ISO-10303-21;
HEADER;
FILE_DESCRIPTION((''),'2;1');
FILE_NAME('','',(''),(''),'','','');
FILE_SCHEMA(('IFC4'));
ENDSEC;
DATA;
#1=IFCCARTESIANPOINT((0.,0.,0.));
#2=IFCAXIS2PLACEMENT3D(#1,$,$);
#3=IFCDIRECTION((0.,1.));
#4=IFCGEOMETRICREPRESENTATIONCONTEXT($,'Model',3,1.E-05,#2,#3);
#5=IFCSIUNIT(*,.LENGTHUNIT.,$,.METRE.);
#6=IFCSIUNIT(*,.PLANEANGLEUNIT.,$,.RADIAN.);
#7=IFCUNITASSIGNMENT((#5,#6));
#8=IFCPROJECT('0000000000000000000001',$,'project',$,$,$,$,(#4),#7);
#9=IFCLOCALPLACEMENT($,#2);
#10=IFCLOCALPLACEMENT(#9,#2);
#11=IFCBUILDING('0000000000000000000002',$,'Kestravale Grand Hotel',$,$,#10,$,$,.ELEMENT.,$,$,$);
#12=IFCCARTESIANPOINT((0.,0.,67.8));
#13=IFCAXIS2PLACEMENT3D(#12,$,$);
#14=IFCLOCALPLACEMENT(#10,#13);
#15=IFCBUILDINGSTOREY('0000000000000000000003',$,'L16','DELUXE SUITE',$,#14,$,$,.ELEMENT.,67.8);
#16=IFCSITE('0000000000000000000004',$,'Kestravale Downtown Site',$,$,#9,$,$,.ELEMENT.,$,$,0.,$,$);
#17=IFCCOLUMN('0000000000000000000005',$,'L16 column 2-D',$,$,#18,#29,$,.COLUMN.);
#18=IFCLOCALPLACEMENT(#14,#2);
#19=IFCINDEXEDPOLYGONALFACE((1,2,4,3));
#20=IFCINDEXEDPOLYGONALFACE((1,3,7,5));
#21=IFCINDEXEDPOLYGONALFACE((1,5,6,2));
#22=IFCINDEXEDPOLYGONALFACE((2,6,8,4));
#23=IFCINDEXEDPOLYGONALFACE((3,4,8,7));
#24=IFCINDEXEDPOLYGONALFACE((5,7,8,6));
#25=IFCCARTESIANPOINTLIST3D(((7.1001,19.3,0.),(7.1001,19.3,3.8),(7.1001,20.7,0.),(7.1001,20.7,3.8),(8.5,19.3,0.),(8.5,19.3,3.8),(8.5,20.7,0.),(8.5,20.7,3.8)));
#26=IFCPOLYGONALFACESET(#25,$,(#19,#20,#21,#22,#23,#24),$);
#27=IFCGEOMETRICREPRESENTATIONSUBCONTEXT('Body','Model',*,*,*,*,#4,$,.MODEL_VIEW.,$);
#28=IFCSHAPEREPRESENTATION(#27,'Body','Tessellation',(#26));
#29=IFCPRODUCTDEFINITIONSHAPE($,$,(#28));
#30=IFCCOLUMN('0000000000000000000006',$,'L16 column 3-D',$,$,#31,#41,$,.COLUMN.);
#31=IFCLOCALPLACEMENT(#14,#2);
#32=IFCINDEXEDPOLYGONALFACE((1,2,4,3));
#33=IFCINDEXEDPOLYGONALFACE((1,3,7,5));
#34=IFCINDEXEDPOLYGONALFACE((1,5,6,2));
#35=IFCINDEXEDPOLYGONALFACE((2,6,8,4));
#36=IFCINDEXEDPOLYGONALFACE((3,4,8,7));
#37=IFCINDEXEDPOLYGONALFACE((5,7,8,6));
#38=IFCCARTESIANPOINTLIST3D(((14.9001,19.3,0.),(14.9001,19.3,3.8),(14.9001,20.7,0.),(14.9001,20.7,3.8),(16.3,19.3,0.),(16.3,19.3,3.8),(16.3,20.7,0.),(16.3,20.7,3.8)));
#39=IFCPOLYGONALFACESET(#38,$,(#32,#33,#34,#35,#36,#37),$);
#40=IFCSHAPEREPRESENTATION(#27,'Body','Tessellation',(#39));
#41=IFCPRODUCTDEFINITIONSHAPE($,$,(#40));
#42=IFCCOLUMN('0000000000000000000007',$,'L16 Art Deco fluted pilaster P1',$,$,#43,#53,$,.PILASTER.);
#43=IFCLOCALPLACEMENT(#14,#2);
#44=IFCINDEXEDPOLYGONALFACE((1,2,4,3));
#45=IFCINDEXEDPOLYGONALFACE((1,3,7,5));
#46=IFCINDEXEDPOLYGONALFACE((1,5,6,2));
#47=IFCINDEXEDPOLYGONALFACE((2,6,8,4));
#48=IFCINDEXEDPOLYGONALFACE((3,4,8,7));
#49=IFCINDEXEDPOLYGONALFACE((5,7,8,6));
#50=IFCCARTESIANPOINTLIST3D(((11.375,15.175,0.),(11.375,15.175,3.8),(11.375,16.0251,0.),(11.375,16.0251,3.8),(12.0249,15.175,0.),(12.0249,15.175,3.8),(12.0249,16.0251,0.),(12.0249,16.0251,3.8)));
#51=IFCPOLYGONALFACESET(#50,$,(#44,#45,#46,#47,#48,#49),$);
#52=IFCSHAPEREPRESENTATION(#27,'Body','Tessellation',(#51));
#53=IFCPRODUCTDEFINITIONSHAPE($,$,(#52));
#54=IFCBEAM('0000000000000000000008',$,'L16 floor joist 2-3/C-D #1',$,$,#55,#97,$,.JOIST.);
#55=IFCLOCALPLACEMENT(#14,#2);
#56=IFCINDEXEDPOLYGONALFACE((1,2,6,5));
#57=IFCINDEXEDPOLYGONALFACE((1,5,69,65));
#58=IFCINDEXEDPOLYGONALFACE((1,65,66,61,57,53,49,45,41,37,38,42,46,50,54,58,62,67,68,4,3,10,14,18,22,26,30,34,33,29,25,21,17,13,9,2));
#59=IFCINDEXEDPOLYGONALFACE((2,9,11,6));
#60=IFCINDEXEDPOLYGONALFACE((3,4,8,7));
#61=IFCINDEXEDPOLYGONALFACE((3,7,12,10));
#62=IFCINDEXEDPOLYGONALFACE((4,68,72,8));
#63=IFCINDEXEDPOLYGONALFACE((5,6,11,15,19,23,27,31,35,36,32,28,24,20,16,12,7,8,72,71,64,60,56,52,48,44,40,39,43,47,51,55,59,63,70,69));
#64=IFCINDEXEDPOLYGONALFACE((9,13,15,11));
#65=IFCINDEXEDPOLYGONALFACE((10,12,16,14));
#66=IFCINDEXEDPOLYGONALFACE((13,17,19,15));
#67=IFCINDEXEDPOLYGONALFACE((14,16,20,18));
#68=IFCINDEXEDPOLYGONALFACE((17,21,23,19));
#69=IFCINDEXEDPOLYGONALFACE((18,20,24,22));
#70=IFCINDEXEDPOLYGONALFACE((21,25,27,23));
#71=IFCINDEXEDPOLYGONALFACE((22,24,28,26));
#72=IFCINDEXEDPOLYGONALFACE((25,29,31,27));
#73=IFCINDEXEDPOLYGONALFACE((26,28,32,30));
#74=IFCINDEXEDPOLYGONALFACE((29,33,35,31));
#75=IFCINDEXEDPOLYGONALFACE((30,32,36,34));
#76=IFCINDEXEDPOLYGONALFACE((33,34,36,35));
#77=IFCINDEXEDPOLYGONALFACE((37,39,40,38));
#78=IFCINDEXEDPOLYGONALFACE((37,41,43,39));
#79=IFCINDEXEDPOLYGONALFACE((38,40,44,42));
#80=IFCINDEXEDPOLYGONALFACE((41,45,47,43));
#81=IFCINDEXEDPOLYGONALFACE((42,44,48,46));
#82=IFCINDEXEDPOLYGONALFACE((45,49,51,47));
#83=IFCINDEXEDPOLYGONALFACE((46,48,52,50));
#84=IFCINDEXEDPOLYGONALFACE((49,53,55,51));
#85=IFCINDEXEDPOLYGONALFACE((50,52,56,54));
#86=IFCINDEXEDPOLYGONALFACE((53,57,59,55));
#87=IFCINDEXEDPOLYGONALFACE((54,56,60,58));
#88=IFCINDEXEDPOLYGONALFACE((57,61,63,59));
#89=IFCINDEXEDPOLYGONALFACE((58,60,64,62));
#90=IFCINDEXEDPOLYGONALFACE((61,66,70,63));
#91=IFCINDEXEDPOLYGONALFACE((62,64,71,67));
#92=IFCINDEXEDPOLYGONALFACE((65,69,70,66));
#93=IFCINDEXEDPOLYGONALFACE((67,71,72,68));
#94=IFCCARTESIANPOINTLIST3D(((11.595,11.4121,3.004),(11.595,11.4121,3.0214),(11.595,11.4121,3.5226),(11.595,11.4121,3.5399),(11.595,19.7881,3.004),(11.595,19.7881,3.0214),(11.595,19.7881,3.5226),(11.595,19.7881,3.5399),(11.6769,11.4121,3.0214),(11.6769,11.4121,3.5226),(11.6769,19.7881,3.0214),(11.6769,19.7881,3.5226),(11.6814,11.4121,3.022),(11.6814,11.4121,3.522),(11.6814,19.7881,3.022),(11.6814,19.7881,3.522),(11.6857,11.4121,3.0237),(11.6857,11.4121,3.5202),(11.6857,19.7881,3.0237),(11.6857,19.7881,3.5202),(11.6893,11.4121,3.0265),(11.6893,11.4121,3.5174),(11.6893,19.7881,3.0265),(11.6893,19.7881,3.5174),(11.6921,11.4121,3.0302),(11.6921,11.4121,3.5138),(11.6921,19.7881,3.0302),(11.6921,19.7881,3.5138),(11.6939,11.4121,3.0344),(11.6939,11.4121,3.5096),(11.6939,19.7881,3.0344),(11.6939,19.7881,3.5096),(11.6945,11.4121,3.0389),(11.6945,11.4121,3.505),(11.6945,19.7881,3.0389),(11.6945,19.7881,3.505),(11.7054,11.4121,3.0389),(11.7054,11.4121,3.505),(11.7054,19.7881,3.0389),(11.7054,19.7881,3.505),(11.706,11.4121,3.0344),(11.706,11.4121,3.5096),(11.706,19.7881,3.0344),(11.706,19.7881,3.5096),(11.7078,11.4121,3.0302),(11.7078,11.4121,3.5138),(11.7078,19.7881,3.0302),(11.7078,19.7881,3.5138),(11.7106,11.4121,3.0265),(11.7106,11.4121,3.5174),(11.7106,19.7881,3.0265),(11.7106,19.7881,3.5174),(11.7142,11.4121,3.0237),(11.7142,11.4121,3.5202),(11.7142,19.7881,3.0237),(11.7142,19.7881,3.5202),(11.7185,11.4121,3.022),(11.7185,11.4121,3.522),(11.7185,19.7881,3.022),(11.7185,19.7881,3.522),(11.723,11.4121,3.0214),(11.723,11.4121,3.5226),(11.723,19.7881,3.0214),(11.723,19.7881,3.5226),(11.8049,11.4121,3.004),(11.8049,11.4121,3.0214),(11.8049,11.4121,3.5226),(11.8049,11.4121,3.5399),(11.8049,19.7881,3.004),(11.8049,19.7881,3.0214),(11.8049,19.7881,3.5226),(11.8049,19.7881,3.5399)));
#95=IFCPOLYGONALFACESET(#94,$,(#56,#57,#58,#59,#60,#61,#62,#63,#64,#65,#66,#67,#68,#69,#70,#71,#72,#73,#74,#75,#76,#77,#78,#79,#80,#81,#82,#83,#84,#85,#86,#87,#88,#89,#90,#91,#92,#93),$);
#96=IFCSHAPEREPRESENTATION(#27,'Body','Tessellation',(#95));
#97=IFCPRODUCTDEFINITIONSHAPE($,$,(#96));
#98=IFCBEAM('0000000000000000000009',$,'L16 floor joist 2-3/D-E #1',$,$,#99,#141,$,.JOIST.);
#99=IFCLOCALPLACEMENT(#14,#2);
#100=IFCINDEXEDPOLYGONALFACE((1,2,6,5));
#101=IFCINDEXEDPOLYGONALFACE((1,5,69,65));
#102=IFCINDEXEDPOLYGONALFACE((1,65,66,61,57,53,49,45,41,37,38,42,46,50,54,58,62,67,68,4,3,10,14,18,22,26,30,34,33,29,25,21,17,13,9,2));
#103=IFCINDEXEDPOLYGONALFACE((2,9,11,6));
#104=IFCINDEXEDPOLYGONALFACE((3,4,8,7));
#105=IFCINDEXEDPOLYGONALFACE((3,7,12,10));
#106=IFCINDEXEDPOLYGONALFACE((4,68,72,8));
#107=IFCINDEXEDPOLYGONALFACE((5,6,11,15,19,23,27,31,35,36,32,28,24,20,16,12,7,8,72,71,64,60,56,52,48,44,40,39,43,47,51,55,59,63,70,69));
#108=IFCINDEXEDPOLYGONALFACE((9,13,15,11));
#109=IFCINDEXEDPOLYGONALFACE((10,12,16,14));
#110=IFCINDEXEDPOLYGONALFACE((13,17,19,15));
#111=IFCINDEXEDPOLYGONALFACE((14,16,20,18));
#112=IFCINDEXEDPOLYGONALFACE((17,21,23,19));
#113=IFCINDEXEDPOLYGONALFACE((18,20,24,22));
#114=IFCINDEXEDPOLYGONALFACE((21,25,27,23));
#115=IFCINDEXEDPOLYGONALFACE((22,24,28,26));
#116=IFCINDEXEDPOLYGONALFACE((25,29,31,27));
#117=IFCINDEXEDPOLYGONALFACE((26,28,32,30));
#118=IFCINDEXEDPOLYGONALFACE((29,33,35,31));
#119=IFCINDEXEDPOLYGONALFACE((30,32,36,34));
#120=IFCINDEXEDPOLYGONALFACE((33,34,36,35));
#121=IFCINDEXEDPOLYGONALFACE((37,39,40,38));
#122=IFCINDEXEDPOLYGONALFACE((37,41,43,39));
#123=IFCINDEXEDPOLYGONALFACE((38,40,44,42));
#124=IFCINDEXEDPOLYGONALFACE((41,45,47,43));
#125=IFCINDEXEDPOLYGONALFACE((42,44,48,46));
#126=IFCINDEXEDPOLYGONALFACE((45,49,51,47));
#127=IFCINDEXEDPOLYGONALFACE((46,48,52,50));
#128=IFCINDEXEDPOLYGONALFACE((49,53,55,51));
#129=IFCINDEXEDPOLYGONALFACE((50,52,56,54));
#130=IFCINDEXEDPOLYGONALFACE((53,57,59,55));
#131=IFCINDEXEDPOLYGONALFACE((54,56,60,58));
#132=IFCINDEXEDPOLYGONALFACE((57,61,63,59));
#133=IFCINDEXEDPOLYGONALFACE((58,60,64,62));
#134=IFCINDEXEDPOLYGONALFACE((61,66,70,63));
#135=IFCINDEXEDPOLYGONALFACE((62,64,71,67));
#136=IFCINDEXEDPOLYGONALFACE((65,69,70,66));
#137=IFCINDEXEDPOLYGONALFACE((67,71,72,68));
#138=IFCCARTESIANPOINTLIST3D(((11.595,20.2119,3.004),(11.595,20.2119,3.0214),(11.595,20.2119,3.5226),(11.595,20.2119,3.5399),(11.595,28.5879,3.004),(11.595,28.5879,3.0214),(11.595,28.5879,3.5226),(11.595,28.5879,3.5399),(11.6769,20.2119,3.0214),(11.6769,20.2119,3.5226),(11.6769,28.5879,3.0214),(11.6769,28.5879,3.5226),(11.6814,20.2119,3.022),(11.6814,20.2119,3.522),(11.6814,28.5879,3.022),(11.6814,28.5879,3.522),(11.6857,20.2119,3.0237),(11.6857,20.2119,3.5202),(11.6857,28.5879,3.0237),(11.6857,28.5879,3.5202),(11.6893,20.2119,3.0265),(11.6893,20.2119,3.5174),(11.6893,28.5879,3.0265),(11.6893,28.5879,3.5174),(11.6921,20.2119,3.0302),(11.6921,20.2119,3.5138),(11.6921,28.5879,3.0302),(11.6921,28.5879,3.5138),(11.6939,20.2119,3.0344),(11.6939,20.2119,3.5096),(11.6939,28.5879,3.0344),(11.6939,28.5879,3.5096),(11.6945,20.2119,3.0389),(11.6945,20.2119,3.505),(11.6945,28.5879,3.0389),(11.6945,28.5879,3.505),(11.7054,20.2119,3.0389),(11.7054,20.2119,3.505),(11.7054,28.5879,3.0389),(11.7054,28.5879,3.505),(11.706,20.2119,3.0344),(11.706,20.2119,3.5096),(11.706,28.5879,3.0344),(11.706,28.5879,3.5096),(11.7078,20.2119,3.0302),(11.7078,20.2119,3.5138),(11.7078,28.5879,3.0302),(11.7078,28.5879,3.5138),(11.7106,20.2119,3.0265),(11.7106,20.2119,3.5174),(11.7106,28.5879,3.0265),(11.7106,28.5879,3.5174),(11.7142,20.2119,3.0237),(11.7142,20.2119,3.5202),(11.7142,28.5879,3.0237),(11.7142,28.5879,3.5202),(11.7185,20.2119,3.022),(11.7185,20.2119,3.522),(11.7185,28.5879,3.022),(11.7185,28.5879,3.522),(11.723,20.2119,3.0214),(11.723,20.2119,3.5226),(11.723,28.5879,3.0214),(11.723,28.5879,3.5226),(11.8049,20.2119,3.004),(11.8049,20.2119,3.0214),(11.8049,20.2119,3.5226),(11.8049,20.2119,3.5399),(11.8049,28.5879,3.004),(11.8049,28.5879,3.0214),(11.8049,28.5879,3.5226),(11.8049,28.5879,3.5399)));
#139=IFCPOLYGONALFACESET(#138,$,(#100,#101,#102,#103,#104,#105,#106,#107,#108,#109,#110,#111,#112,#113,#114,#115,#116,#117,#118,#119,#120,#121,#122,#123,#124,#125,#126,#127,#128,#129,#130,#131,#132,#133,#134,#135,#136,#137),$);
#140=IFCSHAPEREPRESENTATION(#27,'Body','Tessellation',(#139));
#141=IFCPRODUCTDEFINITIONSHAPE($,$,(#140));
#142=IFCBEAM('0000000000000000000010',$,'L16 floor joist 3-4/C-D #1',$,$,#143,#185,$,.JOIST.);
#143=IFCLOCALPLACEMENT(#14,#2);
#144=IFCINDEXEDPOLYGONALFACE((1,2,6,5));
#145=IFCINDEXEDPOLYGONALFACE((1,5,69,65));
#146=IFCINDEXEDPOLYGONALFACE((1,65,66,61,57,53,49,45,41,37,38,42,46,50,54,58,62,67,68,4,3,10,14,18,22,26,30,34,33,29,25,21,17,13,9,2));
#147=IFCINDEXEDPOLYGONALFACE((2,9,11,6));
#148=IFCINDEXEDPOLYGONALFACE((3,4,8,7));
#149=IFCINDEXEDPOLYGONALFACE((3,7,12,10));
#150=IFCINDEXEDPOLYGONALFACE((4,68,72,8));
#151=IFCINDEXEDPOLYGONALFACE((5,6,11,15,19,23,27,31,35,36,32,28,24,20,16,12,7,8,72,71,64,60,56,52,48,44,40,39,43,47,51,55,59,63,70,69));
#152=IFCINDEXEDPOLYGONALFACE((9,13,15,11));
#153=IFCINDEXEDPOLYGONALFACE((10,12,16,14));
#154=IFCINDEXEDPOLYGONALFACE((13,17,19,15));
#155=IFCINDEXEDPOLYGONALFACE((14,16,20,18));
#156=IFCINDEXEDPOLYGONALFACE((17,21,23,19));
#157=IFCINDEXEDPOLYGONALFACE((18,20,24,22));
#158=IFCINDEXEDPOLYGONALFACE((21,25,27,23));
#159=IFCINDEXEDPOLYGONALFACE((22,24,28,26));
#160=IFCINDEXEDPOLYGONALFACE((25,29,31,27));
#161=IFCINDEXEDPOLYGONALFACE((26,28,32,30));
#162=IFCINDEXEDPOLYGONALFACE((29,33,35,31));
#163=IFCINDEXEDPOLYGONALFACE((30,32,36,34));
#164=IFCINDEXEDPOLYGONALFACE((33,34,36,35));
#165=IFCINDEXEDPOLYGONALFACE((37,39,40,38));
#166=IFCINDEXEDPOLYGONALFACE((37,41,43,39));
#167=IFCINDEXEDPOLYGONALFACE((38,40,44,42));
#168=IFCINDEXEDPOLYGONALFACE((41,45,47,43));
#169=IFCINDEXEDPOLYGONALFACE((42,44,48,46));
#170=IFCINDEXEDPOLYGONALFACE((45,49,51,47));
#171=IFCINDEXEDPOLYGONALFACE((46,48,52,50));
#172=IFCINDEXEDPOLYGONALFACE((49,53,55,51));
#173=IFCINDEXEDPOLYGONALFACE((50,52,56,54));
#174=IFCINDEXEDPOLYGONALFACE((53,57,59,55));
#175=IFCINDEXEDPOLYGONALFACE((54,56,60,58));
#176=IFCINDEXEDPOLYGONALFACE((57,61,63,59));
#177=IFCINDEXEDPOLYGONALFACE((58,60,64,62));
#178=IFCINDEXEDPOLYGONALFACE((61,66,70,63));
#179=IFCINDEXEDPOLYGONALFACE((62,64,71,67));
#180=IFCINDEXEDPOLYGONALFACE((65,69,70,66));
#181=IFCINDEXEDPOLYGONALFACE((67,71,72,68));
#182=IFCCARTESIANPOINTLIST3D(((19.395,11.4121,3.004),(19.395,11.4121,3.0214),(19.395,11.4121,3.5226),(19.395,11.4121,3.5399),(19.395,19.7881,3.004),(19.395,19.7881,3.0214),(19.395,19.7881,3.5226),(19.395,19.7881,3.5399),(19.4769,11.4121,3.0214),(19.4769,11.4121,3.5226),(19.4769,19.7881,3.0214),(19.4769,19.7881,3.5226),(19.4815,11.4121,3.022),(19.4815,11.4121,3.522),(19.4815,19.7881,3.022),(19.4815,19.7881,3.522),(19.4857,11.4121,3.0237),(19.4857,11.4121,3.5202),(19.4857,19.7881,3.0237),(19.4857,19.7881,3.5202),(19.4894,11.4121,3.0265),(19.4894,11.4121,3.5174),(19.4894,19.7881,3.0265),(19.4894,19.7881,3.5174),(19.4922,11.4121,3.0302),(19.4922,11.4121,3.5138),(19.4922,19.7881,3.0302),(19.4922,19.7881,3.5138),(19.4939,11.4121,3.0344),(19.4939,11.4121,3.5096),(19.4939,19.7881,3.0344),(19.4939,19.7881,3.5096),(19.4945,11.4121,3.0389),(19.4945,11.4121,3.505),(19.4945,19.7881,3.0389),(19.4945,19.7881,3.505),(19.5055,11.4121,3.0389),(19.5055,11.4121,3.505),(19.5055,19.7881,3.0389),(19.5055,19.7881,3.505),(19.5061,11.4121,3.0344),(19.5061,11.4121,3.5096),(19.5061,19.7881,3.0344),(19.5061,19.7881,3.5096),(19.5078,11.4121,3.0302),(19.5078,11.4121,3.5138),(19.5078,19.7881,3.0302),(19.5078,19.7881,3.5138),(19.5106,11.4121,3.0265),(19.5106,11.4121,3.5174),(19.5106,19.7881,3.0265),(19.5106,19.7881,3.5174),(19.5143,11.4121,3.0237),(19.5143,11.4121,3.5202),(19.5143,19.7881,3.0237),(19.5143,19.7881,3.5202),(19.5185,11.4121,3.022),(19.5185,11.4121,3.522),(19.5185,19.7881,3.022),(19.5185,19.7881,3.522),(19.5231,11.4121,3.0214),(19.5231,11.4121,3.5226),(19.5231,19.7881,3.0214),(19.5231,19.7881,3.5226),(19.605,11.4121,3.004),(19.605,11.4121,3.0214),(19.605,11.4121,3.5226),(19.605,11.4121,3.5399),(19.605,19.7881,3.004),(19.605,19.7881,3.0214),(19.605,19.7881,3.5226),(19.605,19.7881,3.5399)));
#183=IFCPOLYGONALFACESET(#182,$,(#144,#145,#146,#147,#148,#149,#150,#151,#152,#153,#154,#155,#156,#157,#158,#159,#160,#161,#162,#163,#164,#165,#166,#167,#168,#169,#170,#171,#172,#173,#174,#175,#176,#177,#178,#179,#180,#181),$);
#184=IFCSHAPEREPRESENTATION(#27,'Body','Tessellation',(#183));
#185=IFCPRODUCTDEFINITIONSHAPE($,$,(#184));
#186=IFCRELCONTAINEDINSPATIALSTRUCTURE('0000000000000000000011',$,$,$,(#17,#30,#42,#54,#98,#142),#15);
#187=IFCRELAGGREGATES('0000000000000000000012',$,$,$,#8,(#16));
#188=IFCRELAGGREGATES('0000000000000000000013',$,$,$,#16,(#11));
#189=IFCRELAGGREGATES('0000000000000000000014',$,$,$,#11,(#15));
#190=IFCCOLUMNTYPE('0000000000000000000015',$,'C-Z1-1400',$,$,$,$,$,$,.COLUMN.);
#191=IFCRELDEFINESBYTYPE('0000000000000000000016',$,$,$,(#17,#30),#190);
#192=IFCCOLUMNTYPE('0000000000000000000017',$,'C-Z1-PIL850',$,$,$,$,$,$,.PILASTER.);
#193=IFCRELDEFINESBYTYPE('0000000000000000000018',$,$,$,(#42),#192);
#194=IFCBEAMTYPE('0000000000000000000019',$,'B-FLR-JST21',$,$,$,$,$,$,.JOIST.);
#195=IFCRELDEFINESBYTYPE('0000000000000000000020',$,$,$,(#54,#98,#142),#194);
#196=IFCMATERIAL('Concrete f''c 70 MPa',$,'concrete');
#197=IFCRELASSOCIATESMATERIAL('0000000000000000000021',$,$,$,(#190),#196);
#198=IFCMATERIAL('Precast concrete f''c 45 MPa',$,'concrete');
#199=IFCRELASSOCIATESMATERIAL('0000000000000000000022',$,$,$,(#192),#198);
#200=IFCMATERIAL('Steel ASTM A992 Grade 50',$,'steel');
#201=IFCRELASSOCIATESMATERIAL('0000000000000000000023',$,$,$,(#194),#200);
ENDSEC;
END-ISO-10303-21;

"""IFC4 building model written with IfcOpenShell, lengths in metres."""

from ifc_helpers import new_model, si_unit, direction, frame, origin, origin_2d, place, context, subcontext, project, spatial, rectangle, i_section, extrude, material, material_profile, profile_set, type_object, element, save


model = new_model("IFC4")

# Units and contexts
model_context = context("Model", 3, precision=1e-05, world=origin(), true_north=direction((0.0, 1.0)))
body_context = subcontext(model_context, "Body", "Model", "MODEL_VIEW")
ifc_project = project(units=[si_unit("LENGTHUNIT", "METRE"), si_unit("PLANEANGLEUNIT", "RADIAN")], contexts=[model_context])

# Site, building, storey
site_placement = place(None, origin())
site = spatial("IfcSite", under=ifc_project, at=site_placement, Name="Kestravale Downtown Site", CompositionType="ELEMENT", RefElevation=0.0)
building_placement = place(site_placement, origin())
building = spatial("IfcBuilding", under=site, at=building_placement, Name="Kestravale Grand Hotel", CompositionType="ELEMENT")
storey_placement = place(building_placement, frame((0.0, 0.0, 67.8)))
storey = spatial("IfcBuildingStorey", under=building, at=storey_placement, Name="L16", Description="DELUXE SUITE", CompositionType="ELEMENT", Elevation=67.8)

# Columns
ifc_material_1 = material(Name="Concrete f'c 70 MPa", Category="concrete")
ifc_material_profile_1 = material_profile(ifc_material_1, rectangle(XDim=1.3999, YDim=1.3999, at=origin_2d()))
ifc_profile_set_1 = profile_set([ifc_material_profile_1], Name="Concrete f'c 70 MPa")
column_type_1 = type_object("IfcColumnType", Name="C-Z1-1400", PredefinedType="COLUMN", material=ifc_profile_set_1)
for number, where, z_axis, x_axis, name in (
    (1, (7.8, 20.0, 0.0), (0.0, 0.0, 1.0), (1.0, 0.0, 0.0), "L16 column 2-D"),
    (2, (15.6001, 20.0, 0.0), (0.0, 0.0, 1.0), (1.0, 0.0, 0.0), "L16 column 3-D"),
):
    element("IfcColumn", number, at=place(storey_placement, frame(where, z_axis=z_axis, x_axis=x_axis)), inside=storey, type_object=column_type_1, Name=name, PredefinedType="COLUMN", context=body_context, shape_type="SweptSolid", body=[
        extrude(rectangle(XDim=1.3999, YDim=1.3999, at=origin_2d()), origin(), (0.0, 0.0, 1.0), 3.8),
    ])
ifc_material_2 = material(Name="Precast concrete f'c 45 MPa", Category="concrete")
ifc_material_profile_2 = material_profile(ifc_material_2, rectangle(XDim=0.6499, YDim=0.8501, at=origin_2d()))
ifc_profile_set_2 = profile_set([ifc_material_profile_2], Name="Precast concrete f'c 45 MPa")
column_type_2 = type_object("IfcColumnType", Name="C-Z1-PIL850", PredefinedType="PILASTER", material=ifc_profile_set_2)
column_placement = place(storey_placement, frame((11.7, 15.6001, 0.0), z_axis=(0.0, 0.0, 1.0), x_axis=(1.0, 0.0, 0.0)))
element("IfcColumn", 3, at=column_placement, inside=storey, type_object=column_type_2, Name="L16 Art Deco fluted pilaster P1", PredefinedType="PILASTER", context=body_context, shape_type="SweptSolid", body=[
    extrude(rectangle(XDim=0.6499, YDim=0.8501, at=origin_2d()), origin(), (0.0, 0.0, 1.0), 3.8),
])

# Beams
ifc_material_3 = material(Name="Steel ASTM A992 Grade 50", Category="steel")
ifc_material_profile_3 = material_profile(ifc_material_3, i_section(OverallWidth=0.21, OverallDepth=0.5359, WebThickness=0.011, FlangeThickness=0.0173, FilletRadius=0.0176, at=origin_2d()))
ifc_profile_set_3 = profile_set([ifc_material_profile_3], Name="Steel ASTM A992 Grade 50")
beam_type_1 = type_object("IfcBeamType", Name="B-FLR-JST21", PredefinedType="JOIST", material=ifc_profile_set_3)
for number, where, z_axis, x_axis, name in (
    (4, (11.7, 11.4121, 3.272), (0.0, 1.0, 0.0), (-1.0, 0.0, 0.0), "L16 floor joist 2-3/C-D #1"),
    (5, (11.7, 20.2119, 3.272), (0.0, 1.0, 0.0), (-1.0, 0.0, 0.0), "L16 floor joist 2-3/D-E #1"),
    (6, (19.5, 11.4121, 3.272), (0.0, 1.0, 0.0), (-1.0, 0.0, 0.0), "L16 floor joist 3-4/C-D #1"),
):
    element("IfcBeam", number, at=place(storey_placement, frame(where, z_axis=z_axis, x_axis=x_axis)), inside=storey, type_object=beam_type_1, Name=name, PredefinedType="JOIST", context=body_context, shape_type="SweptSolid", body=[
        extrude(i_section(OverallWidth=0.21, OverallDepth=0.5359, WebThickness=0.011, FlangeThickness=0.0173, FilletRadius=0.0176, at=origin_2d()), origin(), (0.0, 0.0, 1.0), 8.376),
    ])

save(model, "model.ifc")
